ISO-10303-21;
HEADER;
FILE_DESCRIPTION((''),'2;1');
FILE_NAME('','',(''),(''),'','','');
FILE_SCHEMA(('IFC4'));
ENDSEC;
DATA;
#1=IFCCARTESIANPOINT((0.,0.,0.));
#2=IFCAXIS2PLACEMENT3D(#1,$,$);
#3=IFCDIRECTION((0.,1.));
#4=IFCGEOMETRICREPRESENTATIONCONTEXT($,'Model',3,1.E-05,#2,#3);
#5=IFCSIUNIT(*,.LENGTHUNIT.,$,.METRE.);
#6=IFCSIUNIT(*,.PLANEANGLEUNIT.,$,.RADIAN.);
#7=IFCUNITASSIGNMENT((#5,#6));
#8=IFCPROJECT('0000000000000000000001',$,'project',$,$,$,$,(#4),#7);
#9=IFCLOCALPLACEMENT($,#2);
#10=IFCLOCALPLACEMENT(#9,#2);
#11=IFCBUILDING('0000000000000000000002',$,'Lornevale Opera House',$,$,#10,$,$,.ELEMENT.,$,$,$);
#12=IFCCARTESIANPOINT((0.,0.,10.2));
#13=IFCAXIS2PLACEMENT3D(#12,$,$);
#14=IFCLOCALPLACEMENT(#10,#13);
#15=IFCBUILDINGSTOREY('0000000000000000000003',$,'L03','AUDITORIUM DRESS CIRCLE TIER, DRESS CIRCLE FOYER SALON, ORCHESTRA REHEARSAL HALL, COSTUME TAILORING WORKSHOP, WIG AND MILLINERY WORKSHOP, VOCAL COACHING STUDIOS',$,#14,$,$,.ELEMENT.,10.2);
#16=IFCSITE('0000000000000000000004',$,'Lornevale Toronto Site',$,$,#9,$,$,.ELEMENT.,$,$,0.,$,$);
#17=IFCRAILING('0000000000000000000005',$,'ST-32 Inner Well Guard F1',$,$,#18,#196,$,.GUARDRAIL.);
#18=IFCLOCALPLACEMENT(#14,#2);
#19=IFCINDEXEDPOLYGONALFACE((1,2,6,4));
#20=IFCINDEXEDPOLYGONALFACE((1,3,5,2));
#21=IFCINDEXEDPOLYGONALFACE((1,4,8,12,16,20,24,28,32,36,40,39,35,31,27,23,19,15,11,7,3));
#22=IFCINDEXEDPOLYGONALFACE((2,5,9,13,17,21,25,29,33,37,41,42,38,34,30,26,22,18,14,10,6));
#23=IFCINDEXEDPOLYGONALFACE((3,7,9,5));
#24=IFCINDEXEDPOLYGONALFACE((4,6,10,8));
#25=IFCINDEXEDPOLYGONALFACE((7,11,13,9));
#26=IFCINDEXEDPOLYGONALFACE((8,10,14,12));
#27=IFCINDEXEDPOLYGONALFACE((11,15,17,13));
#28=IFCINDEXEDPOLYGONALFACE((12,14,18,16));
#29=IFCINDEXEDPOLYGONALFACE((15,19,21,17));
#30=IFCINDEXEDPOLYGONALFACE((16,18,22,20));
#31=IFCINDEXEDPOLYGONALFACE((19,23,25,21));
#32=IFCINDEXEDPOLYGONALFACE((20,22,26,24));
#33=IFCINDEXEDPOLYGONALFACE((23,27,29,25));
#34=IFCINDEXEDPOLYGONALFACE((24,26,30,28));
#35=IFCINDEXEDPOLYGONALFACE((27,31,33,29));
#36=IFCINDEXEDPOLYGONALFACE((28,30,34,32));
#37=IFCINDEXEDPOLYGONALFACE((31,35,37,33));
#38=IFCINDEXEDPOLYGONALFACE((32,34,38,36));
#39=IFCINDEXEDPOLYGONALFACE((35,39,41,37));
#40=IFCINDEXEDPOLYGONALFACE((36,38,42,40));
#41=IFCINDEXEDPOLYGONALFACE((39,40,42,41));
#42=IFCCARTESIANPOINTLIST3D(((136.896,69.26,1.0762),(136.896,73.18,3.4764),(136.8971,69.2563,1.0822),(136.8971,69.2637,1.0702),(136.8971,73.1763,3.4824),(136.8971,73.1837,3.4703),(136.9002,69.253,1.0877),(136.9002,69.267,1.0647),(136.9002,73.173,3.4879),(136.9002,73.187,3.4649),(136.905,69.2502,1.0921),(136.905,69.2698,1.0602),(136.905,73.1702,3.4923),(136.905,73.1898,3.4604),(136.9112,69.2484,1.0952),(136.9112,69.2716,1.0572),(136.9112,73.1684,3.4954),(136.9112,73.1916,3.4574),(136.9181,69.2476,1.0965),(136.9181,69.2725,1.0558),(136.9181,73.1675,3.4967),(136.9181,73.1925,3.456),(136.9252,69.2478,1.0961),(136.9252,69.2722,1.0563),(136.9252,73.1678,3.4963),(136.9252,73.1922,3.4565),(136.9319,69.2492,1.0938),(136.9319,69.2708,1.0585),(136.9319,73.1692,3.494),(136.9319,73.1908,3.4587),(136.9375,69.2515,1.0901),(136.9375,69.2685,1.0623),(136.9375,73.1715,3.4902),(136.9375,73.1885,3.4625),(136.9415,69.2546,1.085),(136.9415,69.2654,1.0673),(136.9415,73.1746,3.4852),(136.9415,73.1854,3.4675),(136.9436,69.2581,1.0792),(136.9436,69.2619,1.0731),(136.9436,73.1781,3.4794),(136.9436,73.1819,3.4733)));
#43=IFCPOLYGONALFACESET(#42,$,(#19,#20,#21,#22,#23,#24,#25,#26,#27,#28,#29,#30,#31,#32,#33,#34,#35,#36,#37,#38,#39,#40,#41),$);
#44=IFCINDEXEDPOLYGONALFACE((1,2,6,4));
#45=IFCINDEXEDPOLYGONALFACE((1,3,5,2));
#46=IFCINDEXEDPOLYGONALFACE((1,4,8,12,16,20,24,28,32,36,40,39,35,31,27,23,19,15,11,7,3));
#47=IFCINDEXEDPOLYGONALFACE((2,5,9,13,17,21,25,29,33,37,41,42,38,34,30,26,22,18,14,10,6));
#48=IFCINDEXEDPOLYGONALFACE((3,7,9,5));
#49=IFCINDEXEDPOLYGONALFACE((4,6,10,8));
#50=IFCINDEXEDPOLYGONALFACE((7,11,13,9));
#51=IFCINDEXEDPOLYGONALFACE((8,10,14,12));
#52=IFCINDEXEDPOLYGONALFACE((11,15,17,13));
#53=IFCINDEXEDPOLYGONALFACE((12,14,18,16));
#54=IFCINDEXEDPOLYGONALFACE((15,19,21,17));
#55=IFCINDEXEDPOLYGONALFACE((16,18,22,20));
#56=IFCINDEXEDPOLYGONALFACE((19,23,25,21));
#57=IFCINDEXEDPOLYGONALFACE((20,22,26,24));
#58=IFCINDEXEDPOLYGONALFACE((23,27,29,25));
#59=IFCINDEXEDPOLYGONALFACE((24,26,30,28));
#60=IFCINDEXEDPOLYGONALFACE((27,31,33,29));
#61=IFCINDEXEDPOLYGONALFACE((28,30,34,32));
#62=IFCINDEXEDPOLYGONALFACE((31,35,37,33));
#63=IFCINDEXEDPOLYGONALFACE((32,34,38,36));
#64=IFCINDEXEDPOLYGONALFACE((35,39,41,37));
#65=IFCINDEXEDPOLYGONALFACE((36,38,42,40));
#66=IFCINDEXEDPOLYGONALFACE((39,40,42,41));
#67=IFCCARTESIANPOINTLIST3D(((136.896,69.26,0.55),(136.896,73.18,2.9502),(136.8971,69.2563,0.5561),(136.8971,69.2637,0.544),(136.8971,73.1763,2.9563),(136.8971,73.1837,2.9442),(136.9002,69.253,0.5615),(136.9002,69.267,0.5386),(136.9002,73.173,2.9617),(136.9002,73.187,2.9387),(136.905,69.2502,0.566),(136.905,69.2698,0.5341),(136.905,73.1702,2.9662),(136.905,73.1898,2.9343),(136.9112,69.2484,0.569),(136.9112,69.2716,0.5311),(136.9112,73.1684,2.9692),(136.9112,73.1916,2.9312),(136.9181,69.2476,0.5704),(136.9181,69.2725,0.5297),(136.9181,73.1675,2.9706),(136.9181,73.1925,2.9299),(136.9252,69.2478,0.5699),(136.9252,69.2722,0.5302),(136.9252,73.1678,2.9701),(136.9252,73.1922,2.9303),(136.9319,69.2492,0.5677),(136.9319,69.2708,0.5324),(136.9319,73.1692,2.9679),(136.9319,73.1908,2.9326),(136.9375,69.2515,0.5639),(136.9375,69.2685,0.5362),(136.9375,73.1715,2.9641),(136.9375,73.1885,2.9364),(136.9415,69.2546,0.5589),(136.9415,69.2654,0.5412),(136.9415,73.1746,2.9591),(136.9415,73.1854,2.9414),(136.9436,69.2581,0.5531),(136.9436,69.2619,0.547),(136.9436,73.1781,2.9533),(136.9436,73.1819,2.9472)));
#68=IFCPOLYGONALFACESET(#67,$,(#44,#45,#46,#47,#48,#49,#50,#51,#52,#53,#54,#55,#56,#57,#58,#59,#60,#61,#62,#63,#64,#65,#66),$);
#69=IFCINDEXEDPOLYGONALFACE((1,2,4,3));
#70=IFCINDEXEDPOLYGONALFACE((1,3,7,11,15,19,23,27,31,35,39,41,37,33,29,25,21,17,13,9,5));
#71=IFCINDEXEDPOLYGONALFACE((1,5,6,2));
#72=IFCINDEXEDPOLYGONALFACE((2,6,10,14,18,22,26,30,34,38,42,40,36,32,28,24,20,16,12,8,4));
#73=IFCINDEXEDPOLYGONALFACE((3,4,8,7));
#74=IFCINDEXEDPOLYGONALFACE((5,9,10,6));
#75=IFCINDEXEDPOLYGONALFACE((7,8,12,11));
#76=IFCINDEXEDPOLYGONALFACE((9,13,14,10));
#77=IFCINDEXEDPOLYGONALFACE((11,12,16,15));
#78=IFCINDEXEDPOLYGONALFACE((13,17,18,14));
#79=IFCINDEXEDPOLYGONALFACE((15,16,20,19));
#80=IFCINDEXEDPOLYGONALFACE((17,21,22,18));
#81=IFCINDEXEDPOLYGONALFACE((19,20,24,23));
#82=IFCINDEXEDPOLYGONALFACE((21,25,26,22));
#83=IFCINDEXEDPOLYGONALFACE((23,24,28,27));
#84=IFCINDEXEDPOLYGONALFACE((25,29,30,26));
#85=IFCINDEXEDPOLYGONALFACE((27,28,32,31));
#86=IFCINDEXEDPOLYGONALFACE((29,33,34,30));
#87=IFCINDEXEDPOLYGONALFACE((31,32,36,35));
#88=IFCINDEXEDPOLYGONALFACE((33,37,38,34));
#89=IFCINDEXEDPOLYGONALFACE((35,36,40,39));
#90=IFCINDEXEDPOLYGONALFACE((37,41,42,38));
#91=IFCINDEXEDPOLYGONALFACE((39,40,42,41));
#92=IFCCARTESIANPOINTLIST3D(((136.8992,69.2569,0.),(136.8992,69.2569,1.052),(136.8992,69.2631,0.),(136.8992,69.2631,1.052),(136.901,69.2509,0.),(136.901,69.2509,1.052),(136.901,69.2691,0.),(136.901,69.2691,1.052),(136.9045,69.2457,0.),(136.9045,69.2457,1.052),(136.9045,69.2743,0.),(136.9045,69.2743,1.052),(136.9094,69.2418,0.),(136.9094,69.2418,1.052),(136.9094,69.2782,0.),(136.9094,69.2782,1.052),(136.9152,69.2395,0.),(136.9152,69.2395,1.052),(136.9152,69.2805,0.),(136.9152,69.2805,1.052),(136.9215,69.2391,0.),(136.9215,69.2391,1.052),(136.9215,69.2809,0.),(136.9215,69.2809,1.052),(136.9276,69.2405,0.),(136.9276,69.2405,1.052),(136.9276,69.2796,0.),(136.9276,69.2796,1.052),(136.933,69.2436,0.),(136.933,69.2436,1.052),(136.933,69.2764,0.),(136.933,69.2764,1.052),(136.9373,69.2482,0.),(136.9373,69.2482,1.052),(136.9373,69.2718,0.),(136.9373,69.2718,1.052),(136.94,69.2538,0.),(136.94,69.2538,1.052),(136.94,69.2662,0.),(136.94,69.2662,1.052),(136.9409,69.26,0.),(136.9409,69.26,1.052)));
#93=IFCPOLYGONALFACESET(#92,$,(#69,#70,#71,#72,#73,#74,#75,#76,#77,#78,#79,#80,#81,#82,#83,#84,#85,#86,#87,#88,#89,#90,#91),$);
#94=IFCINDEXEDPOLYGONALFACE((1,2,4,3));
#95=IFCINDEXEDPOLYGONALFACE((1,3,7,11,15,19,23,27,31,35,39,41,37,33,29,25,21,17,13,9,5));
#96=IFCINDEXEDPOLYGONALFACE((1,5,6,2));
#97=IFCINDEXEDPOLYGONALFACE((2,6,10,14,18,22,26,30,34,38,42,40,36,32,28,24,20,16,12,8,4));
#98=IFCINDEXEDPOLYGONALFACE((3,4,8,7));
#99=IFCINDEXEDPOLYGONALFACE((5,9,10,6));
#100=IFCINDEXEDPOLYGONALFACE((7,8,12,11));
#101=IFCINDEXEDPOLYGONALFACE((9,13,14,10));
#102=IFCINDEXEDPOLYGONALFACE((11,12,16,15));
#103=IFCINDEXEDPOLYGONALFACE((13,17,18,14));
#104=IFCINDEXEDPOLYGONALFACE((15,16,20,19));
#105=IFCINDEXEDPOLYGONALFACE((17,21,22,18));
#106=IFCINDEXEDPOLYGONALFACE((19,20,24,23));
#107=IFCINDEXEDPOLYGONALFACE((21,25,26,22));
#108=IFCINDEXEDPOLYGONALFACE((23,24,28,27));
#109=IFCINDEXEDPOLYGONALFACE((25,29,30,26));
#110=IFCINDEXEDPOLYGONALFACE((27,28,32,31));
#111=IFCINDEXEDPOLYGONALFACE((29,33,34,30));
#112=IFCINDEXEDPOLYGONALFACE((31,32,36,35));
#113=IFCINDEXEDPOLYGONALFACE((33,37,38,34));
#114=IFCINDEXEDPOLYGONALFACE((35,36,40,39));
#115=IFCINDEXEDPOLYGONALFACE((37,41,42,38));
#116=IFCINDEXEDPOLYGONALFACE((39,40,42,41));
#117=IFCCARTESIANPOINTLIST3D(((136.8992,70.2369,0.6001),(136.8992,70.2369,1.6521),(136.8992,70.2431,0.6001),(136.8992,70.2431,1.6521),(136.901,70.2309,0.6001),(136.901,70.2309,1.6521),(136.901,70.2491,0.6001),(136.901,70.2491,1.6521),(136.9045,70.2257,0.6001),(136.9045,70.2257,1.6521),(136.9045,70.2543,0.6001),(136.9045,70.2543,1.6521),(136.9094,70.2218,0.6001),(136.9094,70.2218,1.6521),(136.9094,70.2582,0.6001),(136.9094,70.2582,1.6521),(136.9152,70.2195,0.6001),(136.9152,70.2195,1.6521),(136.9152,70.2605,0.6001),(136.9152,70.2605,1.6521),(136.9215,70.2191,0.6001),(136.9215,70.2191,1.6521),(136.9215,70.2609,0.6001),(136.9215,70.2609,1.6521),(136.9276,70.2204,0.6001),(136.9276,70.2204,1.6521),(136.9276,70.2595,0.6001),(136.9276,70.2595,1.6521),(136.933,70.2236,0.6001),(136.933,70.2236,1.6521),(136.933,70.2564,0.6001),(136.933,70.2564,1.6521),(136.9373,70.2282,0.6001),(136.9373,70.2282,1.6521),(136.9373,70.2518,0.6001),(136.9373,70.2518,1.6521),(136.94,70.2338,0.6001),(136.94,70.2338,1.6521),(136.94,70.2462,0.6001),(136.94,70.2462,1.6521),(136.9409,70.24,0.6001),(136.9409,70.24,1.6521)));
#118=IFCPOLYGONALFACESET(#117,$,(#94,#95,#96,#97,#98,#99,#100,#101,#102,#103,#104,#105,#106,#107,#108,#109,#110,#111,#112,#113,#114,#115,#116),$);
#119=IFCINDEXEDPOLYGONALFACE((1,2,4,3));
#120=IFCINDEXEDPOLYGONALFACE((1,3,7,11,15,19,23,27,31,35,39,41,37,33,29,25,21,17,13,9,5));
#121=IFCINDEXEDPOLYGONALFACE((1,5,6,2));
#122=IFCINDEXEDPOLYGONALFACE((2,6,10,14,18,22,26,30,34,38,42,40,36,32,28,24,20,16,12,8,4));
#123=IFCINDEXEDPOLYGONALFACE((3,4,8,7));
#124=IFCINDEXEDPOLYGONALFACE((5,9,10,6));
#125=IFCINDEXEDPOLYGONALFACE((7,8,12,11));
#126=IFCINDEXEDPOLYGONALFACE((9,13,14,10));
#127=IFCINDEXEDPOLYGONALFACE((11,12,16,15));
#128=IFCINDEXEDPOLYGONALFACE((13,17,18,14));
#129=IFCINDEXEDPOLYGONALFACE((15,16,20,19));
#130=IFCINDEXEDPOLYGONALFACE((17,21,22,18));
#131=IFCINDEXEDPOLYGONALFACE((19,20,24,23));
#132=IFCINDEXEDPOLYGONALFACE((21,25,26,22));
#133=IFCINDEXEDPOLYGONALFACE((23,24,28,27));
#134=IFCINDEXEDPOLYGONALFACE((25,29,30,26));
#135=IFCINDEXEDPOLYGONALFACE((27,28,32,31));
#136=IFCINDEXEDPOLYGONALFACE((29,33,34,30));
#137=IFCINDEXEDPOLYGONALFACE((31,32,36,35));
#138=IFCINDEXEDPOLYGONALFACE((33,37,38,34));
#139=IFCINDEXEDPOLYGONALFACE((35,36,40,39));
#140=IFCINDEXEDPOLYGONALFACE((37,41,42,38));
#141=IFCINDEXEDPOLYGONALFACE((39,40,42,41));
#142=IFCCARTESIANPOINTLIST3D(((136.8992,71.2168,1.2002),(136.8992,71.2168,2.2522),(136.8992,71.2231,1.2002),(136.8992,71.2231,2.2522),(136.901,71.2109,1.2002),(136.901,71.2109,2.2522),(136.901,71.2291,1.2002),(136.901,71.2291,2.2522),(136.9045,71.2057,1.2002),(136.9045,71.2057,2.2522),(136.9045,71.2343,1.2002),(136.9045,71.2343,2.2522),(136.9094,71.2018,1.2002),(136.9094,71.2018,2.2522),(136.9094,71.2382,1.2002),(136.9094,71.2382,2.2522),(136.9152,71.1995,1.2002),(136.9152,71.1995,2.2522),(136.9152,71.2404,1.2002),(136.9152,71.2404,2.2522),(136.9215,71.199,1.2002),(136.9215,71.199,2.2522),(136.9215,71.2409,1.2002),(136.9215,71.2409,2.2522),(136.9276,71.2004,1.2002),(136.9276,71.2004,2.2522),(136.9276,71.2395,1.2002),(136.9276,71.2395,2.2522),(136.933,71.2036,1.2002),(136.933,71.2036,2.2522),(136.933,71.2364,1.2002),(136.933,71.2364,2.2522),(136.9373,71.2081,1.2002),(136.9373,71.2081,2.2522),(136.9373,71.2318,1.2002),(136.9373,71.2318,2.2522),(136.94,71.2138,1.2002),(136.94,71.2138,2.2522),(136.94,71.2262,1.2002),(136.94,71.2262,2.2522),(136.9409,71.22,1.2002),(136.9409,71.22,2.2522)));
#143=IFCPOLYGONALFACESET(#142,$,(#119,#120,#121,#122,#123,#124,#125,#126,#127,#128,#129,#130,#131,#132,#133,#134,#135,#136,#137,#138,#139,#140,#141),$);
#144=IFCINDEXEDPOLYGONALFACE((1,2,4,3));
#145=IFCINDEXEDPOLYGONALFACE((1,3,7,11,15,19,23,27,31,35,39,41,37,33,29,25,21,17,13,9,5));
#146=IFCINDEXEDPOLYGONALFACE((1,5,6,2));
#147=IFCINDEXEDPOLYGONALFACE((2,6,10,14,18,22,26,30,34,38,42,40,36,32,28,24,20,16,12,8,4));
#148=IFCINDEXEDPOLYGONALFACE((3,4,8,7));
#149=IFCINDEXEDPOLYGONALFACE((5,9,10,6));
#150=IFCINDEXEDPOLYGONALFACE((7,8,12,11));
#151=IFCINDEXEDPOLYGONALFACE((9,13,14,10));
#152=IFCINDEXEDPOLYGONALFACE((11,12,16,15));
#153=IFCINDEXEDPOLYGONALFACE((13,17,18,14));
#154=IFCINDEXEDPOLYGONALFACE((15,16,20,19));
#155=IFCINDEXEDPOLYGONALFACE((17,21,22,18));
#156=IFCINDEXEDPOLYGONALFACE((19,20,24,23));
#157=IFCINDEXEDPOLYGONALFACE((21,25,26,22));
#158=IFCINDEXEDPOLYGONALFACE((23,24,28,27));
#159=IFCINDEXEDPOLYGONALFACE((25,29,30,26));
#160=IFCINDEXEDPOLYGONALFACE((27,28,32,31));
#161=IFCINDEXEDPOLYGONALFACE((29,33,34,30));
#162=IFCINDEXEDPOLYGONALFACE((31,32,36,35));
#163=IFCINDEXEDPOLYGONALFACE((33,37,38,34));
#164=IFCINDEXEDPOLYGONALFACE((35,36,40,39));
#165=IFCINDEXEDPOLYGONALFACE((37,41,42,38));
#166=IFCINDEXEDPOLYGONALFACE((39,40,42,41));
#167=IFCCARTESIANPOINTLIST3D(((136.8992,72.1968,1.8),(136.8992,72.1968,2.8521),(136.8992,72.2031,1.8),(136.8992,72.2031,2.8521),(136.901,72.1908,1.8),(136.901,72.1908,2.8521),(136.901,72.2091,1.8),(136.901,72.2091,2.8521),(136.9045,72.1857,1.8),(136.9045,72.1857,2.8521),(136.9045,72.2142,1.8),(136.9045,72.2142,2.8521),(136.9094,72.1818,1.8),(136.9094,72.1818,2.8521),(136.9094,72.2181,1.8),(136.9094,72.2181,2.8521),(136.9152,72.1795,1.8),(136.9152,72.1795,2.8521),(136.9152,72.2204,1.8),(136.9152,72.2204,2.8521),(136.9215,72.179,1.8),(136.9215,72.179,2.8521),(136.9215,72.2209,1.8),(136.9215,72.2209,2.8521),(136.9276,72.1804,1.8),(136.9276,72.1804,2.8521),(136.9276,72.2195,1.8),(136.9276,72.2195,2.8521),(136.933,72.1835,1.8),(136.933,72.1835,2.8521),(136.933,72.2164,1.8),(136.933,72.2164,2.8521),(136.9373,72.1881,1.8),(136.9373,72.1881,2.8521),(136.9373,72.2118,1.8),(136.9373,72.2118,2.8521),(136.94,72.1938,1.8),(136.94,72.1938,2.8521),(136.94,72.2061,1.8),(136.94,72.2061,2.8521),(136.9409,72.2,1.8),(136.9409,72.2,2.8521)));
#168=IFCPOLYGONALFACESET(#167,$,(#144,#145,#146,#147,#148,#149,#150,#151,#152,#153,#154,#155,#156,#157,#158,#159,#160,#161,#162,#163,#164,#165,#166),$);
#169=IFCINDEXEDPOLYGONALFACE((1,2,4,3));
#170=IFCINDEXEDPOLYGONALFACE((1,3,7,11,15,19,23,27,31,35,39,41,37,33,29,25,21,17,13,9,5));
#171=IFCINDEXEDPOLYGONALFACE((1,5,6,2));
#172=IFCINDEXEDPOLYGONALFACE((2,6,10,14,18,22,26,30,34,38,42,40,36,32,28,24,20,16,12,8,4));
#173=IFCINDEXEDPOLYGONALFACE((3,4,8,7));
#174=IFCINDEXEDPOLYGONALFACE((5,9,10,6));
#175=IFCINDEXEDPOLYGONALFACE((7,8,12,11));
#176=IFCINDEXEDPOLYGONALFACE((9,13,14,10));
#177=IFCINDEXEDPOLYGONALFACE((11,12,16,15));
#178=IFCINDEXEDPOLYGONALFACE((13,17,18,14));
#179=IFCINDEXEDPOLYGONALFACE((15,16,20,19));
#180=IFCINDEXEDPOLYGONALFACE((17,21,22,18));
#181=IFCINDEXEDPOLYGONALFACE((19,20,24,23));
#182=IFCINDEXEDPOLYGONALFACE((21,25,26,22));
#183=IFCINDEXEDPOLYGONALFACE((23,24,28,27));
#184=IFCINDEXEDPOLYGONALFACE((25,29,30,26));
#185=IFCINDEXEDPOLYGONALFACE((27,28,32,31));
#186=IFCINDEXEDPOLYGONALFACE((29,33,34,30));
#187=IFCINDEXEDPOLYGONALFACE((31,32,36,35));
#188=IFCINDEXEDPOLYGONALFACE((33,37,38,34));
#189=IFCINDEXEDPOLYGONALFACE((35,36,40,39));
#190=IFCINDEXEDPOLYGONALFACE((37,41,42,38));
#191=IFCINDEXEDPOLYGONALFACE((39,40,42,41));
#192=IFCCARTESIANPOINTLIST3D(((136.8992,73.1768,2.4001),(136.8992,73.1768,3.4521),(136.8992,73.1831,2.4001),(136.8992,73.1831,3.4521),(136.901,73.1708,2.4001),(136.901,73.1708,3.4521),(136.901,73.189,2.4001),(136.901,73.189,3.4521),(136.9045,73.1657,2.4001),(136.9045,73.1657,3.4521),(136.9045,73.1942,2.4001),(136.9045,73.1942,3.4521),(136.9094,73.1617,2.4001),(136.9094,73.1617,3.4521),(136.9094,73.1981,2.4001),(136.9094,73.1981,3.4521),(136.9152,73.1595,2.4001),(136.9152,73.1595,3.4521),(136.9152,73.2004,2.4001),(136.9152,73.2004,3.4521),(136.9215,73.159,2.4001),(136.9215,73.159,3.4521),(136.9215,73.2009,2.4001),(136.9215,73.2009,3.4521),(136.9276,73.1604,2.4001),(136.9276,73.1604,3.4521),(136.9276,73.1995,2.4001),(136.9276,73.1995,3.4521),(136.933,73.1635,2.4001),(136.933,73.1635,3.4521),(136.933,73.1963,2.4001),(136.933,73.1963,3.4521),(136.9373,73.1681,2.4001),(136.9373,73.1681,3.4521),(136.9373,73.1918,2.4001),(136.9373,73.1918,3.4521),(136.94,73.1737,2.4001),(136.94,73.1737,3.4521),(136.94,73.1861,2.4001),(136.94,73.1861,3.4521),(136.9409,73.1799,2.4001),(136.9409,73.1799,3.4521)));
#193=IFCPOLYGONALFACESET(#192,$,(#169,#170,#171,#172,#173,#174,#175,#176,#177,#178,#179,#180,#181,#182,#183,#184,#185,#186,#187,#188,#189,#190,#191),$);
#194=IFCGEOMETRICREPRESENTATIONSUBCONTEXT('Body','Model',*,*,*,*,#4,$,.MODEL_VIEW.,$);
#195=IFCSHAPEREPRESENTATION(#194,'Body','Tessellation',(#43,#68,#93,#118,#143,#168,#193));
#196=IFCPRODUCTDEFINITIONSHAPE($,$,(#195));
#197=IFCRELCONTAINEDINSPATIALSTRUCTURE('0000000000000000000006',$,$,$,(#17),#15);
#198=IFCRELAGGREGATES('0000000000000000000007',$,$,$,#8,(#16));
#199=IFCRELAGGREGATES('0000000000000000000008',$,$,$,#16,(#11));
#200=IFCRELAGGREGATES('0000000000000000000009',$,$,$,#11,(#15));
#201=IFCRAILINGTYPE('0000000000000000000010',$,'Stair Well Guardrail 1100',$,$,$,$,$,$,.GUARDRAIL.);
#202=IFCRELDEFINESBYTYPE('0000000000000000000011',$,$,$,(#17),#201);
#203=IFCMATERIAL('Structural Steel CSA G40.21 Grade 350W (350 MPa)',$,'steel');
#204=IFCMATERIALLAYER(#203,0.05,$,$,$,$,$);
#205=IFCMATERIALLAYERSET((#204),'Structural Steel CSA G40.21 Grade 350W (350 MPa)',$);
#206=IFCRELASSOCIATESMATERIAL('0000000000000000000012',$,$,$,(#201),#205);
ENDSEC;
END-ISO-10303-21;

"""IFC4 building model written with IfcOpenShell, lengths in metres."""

from ifc_helpers import new_model, si_unit, direction, frame, origin, origin_2d, place, context, subcontext, project, spatial, circle, extrude, material, layer, layer_set, type_object, element, save


model = new_model("IFC4")

# Units and contexts
model_context = context("Model", 3, precision=1e-05, world=origin(), true_north=direction((0.0, 1.0)))
body_context = subcontext(model_context, "Body", "Model", "MODEL_VIEW")
ifc_project = project(units=[si_unit("LENGTHUNIT", "METRE"), si_unit("PLANEANGLEUNIT", "RADIAN")], contexts=[model_context])

# Site, building, storey
site_placement = place(None, origin())
site = spatial("IfcSite", under=ifc_project, at=site_placement, Name="Lornevale Toronto Site", CompositionType="ELEMENT", RefElevation=0.0)
building_placement = place(site_placement, origin())
building = spatial("IfcBuilding", under=site, at=building_placement, Name="Lornevale Opera House", CompositionType="ELEMENT")
storey_placement = place(building_placement, frame((0.0, 0.0, 10.2)))
storey = spatial("IfcBuildingStorey", under=building, at=storey_placement, Name="L03", Description="AUDITORIUM DRESS CIRCLE TIER, DRESS CIRCLE FOYER SALON, ORCHESTRA REHEARSAL HALL, COSTUME TAILORING WORKSHOP, WIG AND MILLINERY WORKSHOP, VOCAL COACHING STUDIOS", CompositionType="ELEMENT", Elevation=10.2)

# Shared definitions
ifc_material_1 = material(Name="Structural Steel CSA G40.21 Grade 350W (350 MPa)", Category="steel")

# Railing
ifc_layer_1 = layer(ifc_material_1, 0.05)
ifc_layer_set_1 = layer_set([ifc_layer_1], Name="Structural Steel CSA G40.21 Grade 350W (350 MPa)")
railing_type_1 = type_object("IfcRailingType", Name="Stair Well Guardrail 1100", PredefinedType="GUARDRAIL", material=ifc_layer_set_1)
railing_1_placement = place(storey_placement, frame((136.9199, 69.26, 0.0)))
element("IfcRailing", 1, at=railing_1_placement, inside=storey, type_object=railing_type_1, Name="ST-32 Inner Well Guard F1", PredefinedType="GUARDRAIL", context=body_context, shape_type="SweptSolid", body=[
    extrude(circle(Radius=0.0239, at=origin_2d()), frame((0.0, 0.0, 1.0762), z_axis=(0.0, 0.852832, 0.522185), x_axis=(-1.0, 0.0, 0.0)), (0.0, 0.0, 1.0), 4.5964),
    extrude(circle(Radius=0.0239, at=origin_2d()), frame((0.0, 0.0, 0.55), z_axis=(0.0, 0.852832, 0.522185), x_axis=(-1.0, 0.0, 0.0)), (0.0, 0.0, 1.0), 4.5964),
    extrude(circle(Radius=0.021, at=origin_2d()), origin(), (0.0, 0.0, 1.0), 1.052),
    extrude(circle(Radius=0.021, at=origin_2d()), frame((0.0, 0.98, 0.6001)), (0.0, 0.0, 1.0), 1.052),
    extrude(circle(Radius=0.021, at=origin_2d()), frame((0.0, 1.96, 1.2002)), (0.0, 0.0, 1.0), 1.052),
    extrude(circle(Radius=0.021, at=origin_2d()), frame((0.0, 2.9399, 1.8)), (0.0, 0.0, 1.0), 1.052),
    extrude(circle(Radius=0.021, at=origin_2d()), frame((0.0, 3.9199, 2.4001)), (0.0, 0.0, 1.0), 1.052),
])

save(model, "model.ifc")
